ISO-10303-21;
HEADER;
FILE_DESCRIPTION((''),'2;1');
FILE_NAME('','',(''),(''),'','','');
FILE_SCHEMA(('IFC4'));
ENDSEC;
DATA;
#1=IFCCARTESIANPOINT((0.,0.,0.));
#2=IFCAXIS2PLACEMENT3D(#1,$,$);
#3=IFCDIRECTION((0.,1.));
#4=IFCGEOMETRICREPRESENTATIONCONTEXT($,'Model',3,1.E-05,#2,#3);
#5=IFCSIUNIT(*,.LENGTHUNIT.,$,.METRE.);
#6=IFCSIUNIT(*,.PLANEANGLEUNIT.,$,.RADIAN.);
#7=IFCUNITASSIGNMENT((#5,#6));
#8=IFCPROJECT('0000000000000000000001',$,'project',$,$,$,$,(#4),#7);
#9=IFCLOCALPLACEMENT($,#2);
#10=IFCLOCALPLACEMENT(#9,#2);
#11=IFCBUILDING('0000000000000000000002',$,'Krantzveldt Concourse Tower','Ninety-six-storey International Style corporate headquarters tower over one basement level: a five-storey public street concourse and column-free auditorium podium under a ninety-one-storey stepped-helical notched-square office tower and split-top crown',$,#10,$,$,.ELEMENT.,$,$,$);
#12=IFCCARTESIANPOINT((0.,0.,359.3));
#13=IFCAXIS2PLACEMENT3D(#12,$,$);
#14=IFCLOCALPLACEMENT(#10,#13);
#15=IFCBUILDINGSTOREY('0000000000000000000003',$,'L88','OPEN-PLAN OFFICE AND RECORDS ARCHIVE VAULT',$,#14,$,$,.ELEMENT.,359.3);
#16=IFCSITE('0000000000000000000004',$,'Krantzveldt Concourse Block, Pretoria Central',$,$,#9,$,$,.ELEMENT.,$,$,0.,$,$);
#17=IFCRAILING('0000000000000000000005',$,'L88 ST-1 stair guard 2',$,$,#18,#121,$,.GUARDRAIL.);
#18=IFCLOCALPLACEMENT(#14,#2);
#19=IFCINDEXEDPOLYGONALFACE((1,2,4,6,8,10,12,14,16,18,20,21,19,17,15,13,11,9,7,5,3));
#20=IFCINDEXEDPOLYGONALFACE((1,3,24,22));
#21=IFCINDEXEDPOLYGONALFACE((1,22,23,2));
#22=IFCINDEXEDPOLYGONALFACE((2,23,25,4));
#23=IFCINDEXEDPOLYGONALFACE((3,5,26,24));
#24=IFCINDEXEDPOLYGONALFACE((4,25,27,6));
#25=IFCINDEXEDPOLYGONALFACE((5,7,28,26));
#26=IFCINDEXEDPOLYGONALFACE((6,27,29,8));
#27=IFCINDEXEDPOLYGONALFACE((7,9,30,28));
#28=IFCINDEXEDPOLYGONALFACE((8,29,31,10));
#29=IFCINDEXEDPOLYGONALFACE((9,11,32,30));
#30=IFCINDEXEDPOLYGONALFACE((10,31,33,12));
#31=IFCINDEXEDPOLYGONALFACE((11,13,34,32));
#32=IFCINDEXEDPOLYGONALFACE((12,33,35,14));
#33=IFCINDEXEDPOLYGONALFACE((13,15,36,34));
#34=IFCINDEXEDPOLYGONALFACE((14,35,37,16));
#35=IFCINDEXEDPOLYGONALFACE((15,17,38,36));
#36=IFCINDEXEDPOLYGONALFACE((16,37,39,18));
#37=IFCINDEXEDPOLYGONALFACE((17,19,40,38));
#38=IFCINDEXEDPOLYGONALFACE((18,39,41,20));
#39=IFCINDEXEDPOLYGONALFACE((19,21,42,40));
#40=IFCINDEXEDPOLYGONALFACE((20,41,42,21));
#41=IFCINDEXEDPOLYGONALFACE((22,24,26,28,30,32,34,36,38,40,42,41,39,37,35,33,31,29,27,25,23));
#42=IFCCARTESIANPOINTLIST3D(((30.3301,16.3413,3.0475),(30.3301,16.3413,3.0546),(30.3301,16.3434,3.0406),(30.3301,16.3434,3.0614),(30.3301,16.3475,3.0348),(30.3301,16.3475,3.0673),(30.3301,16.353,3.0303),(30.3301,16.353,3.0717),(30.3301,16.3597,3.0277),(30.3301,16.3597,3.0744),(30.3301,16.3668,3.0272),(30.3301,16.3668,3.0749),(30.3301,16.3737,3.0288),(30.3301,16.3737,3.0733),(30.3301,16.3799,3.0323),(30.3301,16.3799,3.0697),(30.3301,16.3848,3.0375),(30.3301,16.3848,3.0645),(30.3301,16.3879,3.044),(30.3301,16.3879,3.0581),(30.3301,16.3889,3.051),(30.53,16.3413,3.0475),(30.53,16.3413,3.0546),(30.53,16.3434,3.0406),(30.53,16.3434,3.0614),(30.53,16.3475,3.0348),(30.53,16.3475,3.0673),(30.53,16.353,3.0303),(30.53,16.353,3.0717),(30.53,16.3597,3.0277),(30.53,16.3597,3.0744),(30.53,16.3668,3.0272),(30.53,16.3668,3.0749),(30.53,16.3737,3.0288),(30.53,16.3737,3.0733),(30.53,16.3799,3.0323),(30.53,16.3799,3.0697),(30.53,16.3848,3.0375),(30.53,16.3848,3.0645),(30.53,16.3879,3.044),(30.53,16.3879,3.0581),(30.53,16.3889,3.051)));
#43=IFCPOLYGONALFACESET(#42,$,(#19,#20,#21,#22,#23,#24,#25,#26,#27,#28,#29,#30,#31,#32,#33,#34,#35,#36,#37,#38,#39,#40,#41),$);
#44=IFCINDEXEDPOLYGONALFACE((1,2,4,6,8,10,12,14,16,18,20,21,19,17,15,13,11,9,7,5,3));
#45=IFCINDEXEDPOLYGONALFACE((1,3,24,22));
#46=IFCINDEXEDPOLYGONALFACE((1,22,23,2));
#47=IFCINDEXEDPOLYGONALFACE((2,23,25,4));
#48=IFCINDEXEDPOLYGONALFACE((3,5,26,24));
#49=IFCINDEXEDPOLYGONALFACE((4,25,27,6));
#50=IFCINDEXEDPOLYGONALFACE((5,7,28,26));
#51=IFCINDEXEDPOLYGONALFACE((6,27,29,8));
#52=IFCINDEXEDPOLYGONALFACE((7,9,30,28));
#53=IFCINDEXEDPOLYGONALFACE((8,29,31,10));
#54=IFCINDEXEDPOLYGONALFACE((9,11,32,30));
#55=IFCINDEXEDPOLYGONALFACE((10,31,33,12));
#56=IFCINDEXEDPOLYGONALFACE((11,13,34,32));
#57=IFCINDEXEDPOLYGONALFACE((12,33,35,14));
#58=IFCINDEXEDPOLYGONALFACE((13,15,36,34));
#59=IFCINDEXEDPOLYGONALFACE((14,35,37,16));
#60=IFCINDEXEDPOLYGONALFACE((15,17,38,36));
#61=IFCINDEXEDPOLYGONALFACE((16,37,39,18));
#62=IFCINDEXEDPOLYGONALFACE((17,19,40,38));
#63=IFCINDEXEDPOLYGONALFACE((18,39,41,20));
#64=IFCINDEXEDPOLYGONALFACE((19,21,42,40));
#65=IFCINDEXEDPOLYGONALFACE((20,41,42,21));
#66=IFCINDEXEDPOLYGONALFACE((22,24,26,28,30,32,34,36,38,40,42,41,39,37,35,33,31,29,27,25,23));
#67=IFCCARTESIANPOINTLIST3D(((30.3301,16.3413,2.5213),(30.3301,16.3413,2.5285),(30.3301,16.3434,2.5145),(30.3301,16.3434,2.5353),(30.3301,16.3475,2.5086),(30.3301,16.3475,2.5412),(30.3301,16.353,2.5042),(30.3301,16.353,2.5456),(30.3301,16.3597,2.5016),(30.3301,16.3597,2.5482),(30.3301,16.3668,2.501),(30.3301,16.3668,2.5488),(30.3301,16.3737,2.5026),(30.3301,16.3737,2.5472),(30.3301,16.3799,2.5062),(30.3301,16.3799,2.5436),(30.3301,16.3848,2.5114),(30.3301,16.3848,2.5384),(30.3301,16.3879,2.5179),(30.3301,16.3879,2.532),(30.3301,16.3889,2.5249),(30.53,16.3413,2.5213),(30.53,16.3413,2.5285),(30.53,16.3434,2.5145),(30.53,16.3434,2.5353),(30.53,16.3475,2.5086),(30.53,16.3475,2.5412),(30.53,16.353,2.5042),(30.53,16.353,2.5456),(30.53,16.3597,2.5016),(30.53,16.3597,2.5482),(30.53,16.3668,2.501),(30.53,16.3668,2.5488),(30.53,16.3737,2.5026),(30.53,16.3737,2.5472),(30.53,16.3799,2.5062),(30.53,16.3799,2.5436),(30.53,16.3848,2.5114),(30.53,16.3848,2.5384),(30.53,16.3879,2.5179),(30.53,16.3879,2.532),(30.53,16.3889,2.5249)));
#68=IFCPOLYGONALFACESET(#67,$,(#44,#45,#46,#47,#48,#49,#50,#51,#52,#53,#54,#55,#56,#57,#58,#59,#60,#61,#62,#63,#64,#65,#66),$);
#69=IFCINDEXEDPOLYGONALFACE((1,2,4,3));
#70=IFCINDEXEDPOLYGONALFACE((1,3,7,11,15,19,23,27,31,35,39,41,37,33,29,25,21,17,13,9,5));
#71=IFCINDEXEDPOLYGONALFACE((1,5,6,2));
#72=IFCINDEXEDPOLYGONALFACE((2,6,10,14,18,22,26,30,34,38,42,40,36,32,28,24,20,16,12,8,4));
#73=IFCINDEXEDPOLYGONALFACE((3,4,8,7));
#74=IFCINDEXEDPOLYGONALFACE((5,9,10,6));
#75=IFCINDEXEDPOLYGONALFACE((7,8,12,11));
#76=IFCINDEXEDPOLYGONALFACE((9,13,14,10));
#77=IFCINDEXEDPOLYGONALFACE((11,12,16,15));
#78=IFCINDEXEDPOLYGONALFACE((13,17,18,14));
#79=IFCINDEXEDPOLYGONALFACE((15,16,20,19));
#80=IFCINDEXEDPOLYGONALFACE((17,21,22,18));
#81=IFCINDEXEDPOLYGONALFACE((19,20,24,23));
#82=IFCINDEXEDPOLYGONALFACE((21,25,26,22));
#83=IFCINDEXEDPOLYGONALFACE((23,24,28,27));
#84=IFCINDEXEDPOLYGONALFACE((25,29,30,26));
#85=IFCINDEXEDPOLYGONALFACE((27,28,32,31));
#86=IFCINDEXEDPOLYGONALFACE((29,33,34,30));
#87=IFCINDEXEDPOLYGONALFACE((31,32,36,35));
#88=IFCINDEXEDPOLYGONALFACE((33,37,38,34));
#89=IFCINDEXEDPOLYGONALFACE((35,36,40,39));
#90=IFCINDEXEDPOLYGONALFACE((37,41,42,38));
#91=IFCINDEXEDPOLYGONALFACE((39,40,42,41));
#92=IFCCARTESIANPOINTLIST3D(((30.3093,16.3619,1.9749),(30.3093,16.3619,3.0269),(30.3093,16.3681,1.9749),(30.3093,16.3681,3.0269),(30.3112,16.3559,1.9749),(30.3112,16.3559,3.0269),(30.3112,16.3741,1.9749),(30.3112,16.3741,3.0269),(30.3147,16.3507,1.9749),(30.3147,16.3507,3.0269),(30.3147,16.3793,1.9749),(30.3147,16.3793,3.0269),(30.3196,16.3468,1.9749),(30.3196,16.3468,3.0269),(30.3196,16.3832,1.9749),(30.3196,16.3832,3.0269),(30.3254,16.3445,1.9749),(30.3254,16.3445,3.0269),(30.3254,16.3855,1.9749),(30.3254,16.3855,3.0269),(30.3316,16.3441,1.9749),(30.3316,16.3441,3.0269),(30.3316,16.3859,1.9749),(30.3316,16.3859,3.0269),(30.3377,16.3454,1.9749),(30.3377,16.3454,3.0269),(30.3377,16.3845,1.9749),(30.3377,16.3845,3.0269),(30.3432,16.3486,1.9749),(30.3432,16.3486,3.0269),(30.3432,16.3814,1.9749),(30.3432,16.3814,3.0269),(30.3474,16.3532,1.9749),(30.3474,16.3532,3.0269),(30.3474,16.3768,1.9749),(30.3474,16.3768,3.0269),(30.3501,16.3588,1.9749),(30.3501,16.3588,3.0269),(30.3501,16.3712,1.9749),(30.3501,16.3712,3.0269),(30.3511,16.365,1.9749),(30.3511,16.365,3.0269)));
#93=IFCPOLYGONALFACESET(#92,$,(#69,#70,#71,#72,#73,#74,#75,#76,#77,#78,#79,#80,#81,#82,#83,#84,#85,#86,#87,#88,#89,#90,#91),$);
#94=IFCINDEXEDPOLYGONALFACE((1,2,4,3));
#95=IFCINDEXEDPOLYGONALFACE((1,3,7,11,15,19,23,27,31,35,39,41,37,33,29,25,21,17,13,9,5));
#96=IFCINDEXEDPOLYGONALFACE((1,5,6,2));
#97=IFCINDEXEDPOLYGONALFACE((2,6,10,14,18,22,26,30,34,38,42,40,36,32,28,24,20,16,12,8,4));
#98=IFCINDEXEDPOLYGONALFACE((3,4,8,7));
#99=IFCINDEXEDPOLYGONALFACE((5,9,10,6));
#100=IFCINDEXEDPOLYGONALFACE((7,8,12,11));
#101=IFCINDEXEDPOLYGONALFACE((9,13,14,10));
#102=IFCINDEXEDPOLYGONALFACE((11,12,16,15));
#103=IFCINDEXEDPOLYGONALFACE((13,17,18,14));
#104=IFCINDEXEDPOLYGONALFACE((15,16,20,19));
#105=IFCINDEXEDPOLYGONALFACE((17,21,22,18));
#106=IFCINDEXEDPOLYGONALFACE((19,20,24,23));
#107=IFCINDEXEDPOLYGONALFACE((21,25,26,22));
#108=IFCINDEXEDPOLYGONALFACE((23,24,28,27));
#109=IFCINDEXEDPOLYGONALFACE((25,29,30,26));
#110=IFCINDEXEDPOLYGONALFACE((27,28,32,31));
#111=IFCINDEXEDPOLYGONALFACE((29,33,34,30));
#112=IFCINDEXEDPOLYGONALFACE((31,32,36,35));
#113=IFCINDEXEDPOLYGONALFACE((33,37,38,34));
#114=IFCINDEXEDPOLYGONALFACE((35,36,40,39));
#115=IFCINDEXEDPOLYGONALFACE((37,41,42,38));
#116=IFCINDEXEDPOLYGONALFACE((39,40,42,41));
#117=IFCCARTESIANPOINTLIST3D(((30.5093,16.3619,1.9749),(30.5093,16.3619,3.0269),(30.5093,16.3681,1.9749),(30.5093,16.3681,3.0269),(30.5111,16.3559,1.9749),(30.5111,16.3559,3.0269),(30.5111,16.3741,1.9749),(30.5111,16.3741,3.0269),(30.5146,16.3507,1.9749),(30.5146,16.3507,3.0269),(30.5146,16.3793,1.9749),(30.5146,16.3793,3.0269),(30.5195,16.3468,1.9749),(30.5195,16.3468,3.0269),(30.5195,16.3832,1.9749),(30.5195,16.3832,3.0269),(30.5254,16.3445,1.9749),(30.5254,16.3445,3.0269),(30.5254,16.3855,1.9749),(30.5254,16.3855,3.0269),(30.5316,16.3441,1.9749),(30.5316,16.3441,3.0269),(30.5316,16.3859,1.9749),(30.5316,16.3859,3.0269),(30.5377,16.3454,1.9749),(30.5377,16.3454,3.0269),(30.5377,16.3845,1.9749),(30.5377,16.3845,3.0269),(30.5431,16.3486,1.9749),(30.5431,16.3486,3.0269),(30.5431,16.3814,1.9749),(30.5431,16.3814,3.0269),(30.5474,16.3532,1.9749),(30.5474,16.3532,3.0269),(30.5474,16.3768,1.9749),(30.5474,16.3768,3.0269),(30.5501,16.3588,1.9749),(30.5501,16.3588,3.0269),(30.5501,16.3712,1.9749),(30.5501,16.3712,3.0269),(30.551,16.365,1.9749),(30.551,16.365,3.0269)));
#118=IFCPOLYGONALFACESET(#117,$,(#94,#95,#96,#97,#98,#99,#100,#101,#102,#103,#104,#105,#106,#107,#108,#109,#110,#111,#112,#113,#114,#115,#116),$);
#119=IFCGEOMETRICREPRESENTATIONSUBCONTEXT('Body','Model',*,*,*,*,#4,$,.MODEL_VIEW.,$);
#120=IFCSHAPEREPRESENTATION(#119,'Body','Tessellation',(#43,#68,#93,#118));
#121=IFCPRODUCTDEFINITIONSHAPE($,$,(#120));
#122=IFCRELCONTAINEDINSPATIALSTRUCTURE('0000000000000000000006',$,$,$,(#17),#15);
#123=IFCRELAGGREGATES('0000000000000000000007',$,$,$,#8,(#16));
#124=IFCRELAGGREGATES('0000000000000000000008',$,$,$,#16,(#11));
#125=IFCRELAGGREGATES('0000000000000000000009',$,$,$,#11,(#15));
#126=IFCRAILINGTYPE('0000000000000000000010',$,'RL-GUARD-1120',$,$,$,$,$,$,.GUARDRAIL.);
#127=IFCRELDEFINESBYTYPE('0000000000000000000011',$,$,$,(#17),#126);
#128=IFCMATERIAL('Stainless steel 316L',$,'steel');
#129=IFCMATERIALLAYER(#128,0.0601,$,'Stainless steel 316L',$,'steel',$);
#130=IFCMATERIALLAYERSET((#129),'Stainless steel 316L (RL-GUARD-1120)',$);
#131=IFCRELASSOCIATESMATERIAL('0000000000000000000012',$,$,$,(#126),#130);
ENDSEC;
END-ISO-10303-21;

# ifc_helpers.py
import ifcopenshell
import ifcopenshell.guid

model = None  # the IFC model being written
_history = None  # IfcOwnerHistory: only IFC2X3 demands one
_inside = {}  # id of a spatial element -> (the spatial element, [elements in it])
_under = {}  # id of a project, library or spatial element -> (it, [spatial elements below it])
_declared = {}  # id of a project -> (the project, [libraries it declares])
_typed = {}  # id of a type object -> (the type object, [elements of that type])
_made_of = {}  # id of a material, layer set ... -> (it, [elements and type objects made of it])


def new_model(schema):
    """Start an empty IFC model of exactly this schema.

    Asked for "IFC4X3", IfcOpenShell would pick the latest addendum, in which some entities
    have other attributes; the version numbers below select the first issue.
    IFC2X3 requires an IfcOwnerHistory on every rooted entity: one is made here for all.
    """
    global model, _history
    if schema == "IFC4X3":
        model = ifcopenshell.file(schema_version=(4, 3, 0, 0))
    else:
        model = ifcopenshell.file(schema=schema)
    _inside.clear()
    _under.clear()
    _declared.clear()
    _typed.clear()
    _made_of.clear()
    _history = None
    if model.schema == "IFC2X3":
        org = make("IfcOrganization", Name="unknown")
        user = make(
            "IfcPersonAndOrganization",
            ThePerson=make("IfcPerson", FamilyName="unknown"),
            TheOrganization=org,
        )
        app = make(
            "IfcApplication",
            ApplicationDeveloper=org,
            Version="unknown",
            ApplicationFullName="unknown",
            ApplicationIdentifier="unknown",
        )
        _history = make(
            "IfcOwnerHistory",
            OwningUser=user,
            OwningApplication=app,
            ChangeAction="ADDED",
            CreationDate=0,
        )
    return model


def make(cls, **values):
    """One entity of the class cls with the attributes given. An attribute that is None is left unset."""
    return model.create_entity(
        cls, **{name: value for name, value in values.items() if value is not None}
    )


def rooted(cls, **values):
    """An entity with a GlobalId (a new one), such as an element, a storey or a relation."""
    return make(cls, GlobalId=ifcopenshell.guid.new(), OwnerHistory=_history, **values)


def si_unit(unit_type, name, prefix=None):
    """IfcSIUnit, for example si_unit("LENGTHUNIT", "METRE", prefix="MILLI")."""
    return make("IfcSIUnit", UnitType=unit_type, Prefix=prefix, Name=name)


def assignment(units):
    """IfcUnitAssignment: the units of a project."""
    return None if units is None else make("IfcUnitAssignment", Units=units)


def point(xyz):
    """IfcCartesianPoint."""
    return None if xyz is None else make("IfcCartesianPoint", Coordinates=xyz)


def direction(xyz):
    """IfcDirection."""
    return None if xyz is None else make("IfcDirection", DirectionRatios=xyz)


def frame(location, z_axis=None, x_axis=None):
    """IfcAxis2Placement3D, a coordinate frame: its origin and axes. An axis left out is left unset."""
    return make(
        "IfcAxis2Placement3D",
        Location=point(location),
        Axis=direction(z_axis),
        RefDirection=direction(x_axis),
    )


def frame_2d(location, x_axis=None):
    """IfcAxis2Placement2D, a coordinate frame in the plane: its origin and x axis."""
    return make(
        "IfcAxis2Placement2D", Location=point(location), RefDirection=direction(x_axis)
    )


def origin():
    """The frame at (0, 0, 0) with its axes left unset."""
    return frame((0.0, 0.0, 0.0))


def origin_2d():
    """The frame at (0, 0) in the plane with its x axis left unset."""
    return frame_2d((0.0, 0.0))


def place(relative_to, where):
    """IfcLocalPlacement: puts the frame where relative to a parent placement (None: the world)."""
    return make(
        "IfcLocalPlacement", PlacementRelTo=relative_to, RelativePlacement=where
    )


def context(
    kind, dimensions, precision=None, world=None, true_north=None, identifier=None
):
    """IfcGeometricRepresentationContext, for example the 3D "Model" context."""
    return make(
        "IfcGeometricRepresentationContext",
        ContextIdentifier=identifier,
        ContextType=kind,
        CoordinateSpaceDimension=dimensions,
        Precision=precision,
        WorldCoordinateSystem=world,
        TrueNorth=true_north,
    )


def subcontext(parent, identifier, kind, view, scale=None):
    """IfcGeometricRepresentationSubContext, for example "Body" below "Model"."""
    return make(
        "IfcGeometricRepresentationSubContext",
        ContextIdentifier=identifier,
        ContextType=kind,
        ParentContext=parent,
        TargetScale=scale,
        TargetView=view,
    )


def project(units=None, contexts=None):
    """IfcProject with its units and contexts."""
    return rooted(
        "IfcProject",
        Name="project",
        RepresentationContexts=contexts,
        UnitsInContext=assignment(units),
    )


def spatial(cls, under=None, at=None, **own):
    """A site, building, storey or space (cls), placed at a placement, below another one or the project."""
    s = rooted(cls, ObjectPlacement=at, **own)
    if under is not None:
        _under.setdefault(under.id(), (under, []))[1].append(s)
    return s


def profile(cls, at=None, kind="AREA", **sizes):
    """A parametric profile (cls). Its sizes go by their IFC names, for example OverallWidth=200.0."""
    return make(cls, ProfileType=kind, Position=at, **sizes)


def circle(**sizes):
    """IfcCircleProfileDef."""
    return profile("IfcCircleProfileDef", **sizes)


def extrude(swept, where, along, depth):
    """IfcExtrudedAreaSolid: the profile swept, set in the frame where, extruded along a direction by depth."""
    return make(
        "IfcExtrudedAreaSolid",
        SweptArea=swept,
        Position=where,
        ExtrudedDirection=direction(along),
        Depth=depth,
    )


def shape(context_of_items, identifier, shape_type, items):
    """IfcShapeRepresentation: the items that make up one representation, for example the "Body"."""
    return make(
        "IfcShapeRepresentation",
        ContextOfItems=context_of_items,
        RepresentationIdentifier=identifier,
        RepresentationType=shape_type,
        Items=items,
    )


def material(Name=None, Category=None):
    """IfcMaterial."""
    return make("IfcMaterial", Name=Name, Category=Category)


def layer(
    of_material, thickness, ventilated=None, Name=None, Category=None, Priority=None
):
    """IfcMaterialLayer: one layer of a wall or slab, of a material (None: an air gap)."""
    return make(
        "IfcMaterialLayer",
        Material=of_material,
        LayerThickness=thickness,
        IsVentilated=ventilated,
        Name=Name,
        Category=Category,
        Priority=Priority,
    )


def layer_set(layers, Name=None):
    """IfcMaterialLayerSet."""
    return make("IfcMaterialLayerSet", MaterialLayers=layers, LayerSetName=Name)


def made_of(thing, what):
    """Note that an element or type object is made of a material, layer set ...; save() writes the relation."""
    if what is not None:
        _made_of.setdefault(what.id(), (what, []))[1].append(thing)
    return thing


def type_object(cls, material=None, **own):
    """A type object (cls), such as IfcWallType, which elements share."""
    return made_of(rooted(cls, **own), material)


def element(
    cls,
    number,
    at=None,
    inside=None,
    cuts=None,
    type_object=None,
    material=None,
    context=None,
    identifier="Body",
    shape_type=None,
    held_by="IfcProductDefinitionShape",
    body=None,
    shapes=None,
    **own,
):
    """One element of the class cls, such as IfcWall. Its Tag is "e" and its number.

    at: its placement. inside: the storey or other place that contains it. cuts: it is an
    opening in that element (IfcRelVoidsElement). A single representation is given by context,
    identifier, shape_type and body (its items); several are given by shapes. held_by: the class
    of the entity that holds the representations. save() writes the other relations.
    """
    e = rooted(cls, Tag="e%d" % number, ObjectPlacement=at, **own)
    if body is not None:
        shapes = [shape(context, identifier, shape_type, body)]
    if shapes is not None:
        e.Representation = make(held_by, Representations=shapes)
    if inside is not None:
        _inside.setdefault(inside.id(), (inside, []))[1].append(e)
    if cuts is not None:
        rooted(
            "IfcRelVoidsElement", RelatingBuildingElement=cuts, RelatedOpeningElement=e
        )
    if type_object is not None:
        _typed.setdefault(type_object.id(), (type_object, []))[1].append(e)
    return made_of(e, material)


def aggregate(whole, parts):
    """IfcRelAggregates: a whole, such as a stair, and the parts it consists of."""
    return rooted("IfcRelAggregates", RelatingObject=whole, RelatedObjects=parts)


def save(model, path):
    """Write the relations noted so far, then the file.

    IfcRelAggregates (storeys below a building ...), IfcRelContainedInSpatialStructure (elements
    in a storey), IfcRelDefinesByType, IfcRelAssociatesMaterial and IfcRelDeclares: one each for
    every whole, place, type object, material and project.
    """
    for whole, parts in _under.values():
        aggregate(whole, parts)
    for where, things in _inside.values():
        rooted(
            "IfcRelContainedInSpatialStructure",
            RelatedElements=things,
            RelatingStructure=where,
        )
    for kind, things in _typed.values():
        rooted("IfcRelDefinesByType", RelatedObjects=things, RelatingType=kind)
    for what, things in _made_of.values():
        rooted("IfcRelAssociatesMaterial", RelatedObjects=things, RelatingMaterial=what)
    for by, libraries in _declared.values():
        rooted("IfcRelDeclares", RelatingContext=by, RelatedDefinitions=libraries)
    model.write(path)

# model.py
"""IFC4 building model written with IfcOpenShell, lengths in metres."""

from ifc_helpers import new_model, si_unit, direction, frame, origin, origin_2d, place, context, subcontext, project, spatial, circle, extrude, material, layer, layer_set, type_object, element, save


model = new_model("IFC4")

# Units and contexts
model_context = context("Model", 3, precision=1e-05, world=origin(), true_north=direction((0.0, 1.0)))
body_context = subcontext(model_context, "Body", "Model", "MODEL_VIEW")
ifc_project = project(units=[si_unit("LENGTHUNIT", "METRE"), si_unit("PLANEANGLEUNIT", "RADIAN")], contexts=[model_context])

# Site, building, storey
site_placement = place(None, origin())
site = spatial("IfcSite", under=ifc_project, at=site_placement, Name="Krantzveldt Concourse Block, Pretoria Central", CompositionType="ELEMENT", RefElevation=0.0)
building_placement = place(site_placement, origin())
building = spatial("IfcBuilding", under=site, at=building_placement, Name="Krantzveldt Concourse Tower", Description="Ninety-six-storey International Style corporate headquarters tower over one basement level: a five-storey public street concourse and column-free auditorium podium under a ninety-one-storey stepped-helical notched-square office tower and split-top crown", CompositionType="ELEMENT")
storey_placement = place(building_placement, frame((0.0, 0.0, 359.3)))
storey = spatial("IfcBuildingStorey", under=building, at=storey_placement, Name="L88", Description="OPEN-PLAN OFFICE AND RECORDS ARCHIVE VAULT", CompositionType="ELEMENT", Elevation=359.3)

# Railing
ifc_material_1 = material(Name="Stainless steel 316L", Category="steel")
ifc_layer_1 = layer(ifc_material_1, 0.0601, Name="Stainless steel 316L", Category="steel")
ifc_layer_set_1 = layer_set([ifc_layer_1], Name="Stainless steel 316L (RL-GUARD-1120)")
railing_type_1 = type_object("IfcRailingType", Name="RL-GUARD-1120", PredefinedType="GUARDRAIL", material=ifc_layer_set_1)
railing_1_placement = place(storey_placement, frame((30.3301, 16.365, 1.9749)))
element("IfcRailing", 1, at=railing_1_placement, inside=storey, type_object=railing_type_1, Name="L88 ST-1 stair guard 2", PredefinedType="GUARDRAIL", context=body_context, shape_type="SweptSolid", body=[
    extrude(circle(Radius=0.0239, at=origin_2d()), frame((0.0, 0.0, 1.0762), z_axis=(1.0, 0.0, 0.0), x_axis=(0.0, 1.0, 0.0)), (0.0, 0.0, 1.0), 0.2),
    extrude(circle(Radius=0.0239, at=origin_2d()), frame((0.0, 0.0, 0.55), z_axis=(1.0, 0.0, 0.0), x_axis=(0.0, 1.0, 0.0)), (0.0, 0.0, 1.0), 0.2),
    extrude(circle(Radius=0.021, at=origin_2d()), origin(), (0.0, 0.0, 1.0), 1.052),
    extrude(circle(Radius=0.021, at=origin_2d()), frame((0.2, 0.0, 0.0)), (0.0, 0.0, 1.0), 1.052),
])

save(model, "model.ifc")
